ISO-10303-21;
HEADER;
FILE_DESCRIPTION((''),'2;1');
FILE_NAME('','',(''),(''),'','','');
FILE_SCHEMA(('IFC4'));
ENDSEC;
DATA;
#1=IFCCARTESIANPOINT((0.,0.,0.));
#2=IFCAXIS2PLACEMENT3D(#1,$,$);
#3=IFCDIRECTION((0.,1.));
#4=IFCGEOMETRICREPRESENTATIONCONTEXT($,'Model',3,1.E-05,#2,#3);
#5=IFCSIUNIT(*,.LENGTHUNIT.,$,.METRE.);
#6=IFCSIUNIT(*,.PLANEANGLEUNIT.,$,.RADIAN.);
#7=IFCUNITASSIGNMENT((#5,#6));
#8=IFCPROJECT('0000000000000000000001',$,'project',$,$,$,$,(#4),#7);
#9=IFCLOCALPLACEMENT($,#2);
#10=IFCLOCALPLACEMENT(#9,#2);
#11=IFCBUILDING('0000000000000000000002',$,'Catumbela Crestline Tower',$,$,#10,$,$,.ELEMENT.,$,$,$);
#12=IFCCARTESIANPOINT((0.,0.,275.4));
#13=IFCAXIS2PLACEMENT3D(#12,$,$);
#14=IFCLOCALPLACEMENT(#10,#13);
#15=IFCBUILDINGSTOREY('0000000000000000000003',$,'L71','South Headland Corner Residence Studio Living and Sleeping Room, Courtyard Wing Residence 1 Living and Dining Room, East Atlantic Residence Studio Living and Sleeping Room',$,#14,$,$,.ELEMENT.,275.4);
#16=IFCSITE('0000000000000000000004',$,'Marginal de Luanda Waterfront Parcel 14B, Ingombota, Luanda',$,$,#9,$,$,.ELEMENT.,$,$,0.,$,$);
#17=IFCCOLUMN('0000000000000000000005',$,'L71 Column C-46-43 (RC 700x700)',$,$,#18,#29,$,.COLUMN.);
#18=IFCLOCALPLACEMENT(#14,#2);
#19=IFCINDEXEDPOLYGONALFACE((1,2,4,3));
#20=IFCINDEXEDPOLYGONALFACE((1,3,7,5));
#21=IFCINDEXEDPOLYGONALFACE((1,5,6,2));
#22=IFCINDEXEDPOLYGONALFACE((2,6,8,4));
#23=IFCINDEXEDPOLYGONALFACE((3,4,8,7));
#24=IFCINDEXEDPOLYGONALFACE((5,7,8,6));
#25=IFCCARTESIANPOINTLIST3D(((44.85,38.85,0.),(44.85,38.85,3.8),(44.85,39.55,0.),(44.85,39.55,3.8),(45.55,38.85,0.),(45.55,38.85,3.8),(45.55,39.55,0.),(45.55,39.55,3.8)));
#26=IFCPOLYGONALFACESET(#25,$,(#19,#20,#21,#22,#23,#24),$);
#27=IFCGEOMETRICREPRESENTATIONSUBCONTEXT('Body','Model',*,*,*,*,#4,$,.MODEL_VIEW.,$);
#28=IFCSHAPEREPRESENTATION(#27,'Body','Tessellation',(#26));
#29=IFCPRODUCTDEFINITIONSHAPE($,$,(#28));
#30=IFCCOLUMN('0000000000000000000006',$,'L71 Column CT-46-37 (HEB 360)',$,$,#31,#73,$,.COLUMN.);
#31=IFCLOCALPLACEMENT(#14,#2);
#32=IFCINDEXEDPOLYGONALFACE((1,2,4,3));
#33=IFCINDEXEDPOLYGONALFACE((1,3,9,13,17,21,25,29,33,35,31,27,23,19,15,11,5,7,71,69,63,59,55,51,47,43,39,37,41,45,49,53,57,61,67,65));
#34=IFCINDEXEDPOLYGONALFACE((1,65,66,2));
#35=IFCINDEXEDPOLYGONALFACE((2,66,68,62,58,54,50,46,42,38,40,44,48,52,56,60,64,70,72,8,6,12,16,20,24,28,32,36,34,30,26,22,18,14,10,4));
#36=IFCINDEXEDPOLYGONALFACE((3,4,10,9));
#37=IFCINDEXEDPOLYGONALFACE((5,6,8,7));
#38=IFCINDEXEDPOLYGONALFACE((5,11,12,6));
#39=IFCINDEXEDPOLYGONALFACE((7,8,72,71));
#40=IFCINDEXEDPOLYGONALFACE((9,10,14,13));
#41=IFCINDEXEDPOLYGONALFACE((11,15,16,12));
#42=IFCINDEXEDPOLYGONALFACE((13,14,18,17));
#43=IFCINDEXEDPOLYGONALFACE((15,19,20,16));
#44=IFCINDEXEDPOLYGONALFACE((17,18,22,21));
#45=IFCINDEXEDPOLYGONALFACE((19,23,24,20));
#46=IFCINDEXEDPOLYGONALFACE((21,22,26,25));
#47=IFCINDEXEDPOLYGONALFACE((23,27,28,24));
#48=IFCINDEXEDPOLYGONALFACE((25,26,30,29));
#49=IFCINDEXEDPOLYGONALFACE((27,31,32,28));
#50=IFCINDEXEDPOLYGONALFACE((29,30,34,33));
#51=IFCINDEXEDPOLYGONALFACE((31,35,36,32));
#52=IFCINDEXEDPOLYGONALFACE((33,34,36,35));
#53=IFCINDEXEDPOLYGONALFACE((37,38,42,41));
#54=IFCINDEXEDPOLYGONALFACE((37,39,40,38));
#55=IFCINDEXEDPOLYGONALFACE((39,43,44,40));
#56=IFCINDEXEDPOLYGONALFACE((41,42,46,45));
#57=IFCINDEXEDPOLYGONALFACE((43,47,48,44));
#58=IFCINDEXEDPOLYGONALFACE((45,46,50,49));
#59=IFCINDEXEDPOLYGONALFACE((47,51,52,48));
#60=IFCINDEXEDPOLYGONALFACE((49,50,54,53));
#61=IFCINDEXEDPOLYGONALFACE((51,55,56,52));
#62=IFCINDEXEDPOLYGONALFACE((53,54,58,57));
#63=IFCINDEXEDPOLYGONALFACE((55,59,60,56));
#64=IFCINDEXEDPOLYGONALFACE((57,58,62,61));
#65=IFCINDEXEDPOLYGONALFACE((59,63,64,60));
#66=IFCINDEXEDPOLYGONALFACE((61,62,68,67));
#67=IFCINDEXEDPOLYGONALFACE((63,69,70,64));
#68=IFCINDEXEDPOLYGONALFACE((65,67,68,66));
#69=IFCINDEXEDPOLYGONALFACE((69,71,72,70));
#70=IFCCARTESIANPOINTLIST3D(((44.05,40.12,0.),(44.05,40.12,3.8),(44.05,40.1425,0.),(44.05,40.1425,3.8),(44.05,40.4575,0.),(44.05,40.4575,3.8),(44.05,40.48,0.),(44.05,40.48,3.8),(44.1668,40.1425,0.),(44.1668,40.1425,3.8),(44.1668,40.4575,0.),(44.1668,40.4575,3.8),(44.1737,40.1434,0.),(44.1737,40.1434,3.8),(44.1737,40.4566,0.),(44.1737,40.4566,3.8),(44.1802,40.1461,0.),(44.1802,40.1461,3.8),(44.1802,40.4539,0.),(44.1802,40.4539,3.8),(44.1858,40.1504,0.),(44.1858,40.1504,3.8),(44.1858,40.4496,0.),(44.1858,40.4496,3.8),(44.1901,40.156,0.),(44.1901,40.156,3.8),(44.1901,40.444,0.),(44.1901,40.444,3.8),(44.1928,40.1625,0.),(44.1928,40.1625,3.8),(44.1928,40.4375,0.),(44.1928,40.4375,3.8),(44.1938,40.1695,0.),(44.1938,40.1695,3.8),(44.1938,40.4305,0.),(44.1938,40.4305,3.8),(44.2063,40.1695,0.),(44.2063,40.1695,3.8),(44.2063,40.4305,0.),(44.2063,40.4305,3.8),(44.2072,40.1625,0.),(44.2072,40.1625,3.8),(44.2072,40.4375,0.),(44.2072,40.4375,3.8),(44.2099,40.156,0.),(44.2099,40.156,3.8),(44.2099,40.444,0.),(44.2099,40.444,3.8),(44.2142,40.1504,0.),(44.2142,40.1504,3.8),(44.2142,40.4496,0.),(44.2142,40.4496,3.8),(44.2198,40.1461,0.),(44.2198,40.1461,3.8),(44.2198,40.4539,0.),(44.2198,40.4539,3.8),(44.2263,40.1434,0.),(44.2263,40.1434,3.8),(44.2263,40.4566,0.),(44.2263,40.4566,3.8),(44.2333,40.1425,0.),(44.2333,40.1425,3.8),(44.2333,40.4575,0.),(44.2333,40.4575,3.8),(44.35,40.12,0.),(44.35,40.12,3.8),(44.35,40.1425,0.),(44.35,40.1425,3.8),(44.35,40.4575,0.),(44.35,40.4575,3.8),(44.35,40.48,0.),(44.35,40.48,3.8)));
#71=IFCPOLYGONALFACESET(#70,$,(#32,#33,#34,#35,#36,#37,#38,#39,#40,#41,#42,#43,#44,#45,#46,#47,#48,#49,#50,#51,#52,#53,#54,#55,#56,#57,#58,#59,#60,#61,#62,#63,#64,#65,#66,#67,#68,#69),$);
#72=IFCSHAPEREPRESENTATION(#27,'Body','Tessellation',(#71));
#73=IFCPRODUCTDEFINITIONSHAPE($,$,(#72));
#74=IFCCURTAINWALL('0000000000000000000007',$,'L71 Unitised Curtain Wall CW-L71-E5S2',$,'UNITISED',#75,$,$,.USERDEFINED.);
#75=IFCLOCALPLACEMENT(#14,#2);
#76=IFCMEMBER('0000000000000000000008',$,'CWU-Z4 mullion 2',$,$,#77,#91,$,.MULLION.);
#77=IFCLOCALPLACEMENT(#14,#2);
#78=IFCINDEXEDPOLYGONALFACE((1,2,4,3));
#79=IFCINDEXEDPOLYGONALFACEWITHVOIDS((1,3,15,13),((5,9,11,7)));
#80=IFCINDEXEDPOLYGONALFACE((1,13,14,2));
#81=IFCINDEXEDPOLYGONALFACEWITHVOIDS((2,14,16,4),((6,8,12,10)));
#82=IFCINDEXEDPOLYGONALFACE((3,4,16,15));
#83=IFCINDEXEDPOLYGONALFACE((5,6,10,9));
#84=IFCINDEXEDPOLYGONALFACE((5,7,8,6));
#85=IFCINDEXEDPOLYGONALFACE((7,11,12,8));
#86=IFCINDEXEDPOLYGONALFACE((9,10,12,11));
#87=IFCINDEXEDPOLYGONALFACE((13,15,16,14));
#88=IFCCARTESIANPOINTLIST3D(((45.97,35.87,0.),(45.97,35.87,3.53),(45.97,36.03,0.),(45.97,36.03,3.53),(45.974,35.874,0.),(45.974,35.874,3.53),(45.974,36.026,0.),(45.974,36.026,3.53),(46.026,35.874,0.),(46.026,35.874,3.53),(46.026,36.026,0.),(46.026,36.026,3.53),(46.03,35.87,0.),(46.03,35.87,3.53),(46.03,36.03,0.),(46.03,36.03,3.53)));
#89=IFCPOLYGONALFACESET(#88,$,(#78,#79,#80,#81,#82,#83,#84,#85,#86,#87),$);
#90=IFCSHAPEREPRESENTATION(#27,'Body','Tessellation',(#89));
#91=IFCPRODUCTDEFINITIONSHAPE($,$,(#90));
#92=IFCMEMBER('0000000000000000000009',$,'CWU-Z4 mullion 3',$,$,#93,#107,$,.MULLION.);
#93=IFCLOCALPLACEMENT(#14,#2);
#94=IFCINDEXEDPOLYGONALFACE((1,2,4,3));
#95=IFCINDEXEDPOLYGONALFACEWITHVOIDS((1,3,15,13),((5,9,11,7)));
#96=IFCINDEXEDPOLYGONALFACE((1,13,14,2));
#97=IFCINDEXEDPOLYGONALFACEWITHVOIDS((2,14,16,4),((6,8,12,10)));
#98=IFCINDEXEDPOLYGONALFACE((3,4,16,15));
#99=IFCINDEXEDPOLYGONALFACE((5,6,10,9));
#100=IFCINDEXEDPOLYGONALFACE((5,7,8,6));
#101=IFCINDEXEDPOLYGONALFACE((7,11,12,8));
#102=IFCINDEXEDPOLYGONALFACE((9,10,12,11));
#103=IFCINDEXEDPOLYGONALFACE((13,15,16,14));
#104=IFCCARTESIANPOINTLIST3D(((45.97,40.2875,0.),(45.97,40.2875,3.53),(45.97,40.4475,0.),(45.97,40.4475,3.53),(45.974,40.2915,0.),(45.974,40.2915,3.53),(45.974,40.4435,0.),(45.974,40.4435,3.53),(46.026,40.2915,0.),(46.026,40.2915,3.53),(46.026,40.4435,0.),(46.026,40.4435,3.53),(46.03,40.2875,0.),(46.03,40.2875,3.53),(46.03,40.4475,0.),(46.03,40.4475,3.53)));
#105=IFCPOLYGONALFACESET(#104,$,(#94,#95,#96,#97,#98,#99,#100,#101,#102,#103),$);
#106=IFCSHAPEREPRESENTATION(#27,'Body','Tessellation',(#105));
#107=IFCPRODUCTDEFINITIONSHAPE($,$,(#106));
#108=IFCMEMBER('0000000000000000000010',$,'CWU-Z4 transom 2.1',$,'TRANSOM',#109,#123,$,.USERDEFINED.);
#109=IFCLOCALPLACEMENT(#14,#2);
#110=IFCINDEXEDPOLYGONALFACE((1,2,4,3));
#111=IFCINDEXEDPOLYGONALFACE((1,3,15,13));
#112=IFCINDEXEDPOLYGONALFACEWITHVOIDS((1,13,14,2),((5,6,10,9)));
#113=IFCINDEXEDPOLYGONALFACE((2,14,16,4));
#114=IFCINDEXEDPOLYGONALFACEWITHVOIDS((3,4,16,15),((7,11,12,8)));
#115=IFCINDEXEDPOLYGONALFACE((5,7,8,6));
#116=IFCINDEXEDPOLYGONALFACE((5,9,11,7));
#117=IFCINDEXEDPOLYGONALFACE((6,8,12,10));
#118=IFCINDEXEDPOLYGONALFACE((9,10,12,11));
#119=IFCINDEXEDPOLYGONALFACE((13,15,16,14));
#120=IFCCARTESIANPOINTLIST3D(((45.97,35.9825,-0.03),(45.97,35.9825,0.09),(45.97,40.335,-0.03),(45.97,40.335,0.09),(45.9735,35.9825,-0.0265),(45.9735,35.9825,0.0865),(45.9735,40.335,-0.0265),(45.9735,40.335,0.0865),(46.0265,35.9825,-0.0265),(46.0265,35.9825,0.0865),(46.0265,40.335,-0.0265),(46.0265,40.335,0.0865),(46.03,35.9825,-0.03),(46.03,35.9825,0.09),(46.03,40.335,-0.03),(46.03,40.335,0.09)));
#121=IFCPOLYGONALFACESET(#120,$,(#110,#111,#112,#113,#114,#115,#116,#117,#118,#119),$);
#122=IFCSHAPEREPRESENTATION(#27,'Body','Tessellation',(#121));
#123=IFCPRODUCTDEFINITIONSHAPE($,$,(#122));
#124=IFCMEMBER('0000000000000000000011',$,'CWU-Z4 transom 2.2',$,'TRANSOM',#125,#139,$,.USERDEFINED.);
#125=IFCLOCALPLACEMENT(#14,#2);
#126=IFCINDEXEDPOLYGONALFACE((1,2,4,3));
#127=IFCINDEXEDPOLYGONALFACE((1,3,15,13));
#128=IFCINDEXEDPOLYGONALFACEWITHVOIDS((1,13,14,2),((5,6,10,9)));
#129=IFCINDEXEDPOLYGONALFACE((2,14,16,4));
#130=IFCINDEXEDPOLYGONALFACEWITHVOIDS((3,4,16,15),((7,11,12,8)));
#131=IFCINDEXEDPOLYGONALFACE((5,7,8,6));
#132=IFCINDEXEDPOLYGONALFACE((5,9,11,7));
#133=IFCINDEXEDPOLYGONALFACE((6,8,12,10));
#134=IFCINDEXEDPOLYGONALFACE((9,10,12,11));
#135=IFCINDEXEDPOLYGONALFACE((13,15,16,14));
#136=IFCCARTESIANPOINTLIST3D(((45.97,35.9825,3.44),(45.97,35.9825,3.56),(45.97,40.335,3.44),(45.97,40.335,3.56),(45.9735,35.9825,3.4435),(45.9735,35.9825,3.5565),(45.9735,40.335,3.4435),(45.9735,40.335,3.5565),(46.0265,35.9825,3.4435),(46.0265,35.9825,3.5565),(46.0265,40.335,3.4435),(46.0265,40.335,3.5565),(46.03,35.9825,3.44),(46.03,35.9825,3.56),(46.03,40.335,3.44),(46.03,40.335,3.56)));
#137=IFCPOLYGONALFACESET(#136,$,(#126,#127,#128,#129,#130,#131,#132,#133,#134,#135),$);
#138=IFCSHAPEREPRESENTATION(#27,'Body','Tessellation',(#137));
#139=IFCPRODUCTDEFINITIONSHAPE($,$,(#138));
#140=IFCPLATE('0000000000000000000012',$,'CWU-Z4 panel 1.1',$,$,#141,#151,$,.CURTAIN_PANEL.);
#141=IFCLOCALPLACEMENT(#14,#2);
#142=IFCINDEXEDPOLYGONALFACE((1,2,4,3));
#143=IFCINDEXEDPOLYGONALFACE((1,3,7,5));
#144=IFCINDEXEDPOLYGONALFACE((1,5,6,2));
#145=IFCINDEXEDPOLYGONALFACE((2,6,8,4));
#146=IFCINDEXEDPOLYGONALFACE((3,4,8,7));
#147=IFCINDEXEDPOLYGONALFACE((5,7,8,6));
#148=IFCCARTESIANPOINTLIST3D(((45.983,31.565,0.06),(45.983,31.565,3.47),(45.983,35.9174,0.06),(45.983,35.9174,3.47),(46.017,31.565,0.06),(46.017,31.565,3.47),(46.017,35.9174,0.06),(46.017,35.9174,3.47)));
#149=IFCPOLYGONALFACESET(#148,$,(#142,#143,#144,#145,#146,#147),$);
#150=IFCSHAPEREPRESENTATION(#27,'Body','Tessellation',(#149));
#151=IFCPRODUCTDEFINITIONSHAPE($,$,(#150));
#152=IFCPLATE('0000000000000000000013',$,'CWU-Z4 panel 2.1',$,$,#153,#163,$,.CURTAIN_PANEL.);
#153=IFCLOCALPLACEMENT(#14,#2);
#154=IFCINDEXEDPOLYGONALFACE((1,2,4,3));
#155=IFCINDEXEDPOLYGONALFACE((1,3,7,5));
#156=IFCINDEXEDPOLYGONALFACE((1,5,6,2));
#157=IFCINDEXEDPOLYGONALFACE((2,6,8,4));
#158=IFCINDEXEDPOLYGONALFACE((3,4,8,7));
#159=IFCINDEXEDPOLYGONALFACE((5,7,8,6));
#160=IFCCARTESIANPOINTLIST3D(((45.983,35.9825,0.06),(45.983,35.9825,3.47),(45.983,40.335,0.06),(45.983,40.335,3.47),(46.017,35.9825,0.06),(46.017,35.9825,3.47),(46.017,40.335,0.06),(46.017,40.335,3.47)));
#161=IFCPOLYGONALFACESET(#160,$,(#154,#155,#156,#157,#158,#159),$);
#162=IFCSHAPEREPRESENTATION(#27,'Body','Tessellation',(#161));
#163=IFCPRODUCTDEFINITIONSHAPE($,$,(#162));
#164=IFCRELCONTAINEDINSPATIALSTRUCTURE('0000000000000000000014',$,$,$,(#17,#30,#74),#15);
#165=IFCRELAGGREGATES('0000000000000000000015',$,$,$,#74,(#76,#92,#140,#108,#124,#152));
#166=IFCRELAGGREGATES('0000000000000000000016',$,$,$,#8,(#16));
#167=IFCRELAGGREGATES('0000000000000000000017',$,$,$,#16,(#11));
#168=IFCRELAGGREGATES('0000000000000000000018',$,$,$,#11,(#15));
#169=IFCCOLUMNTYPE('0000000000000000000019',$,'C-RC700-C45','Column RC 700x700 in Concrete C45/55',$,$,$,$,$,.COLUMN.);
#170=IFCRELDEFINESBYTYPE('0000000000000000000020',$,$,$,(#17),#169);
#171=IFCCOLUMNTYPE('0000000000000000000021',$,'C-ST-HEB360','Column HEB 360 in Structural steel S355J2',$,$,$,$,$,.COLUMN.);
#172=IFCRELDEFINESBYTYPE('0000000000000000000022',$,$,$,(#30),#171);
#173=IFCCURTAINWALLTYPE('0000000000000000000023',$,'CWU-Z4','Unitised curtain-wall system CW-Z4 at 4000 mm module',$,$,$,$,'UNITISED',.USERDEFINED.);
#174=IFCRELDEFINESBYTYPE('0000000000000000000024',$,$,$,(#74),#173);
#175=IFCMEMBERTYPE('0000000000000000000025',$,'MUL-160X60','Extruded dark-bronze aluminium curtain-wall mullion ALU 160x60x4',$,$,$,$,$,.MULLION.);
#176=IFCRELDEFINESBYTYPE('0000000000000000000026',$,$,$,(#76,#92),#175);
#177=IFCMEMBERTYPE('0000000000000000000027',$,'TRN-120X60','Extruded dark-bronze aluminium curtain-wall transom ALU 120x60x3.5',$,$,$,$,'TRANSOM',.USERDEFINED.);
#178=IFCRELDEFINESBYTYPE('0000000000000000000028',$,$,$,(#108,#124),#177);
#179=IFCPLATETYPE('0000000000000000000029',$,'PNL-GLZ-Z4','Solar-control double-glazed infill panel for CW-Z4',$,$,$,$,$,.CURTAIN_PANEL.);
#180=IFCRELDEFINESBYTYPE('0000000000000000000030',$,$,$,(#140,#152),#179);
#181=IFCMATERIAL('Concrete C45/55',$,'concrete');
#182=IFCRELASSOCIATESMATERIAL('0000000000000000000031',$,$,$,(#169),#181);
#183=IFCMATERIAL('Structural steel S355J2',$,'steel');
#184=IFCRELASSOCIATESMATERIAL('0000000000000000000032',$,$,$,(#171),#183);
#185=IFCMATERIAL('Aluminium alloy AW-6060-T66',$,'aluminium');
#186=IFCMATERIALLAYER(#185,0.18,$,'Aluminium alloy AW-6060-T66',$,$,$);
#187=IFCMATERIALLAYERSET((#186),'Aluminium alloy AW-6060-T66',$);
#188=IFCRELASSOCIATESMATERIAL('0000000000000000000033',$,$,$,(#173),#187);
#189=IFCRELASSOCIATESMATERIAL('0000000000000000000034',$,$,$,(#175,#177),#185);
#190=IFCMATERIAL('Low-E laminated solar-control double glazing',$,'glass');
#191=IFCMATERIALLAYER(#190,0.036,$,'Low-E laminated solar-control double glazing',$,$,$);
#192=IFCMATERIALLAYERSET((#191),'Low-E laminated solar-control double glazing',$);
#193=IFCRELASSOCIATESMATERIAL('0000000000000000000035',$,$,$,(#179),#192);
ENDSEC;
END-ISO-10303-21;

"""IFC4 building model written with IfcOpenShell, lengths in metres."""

from ifc_helpers import new_model, si_unit, direction, frame, origin, origin_2d, place, context, subcontext, project, spatial, rectangle, hollow_rectangle, i_section, extrude, material, layer, layer_set, material_profile, profile_set, type_object, element, aggregate, save


model = new_model("IFC4")

# Units and contexts
model_context = context("Model", 3, precision=1e-05, world=origin(), true_north=direction((0.0, 1.0)))
body_context = subcontext(model_context, "Body", "Model", "MODEL_VIEW")
ifc_project = project(units=[si_unit("LENGTHUNIT", "METRE"), si_unit("PLANEANGLEUNIT", "RADIAN")], contexts=[model_context])

# Site, building, storey
site_placement = place(None, origin())
site = spatial("IfcSite", under=ifc_project, at=site_placement, Name="Marginal de Luanda Waterfront Parcel 14B, Ingombota, Luanda", CompositionType="ELEMENT", RefElevation=0.0)
building_placement = place(site_placement, origin())
building = spatial("IfcBuilding", under=site, at=building_placement, Name="Catumbela Crestline Tower", CompositionType="ELEMENT")
storey_placement = place(building_placement, frame((0.0, 0.0, 275.4)))
storey = spatial("IfcBuildingStorey", under=building, at=storey_placement, Name="L71", Description="South Headland Corner Residence Studio Living and Sleeping Room, Courtyard Wing Residence 1 Living and Dining Room, East Atlantic Residence Studio Living and Sleeping Room", CompositionType="ELEMENT", Elevation=275.4)

# Columns
ifc_material_1 = material(Name="Concrete C45/55", Category="concrete")
ifc_material_profile_1 = material_profile(ifc_material_1, rectangle(XDim=0.7, YDim=0.7, at=origin_2d()), Name="RC 700x700")
ifc_profile_set_1 = profile_set([ifc_material_profile_1], Name="Concrete C45/55")
column_type_1 = type_object("IfcColumnType", Name="C-RC700-C45", Description="Column RC 700x700 in Concrete C45/55", PredefinedType="COLUMN", material=ifc_profile_set_1)
column_1_placement = place(storey_placement, frame((45.2, 39.2, 0.0), z_axis=(0.0, 0.0, 1.0), x_axis=(1.0, 0.0, 0.0)))
element("IfcColumn", 1, at=column_1_placement, inside=storey, type_object=column_type_1, Name="L71 Column C-46-43 (RC 700x700)", PredefinedType="COLUMN", context=body_context, shape_type="SweptSolid", body=[
    extrude(rectangle(XDim=0.7, YDim=0.7, at=origin_2d()), origin(), (0.0, 0.0, 1.0), 3.8),
])
ifc_material_2 = material(Name="Structural steel S355J2", Category="steel")
ifc_material_profile_2 = material_profile(ifc_material_2, i_section(OverallWidth=0.3, OverallDepth=0.36, WebThickness=0.0125, FlangeThickness=0.0225, FilletRadius=0.027, at=origin_2d()), Name="HEB 360")
ifc_profile_set_2 = profile_set([ifc_material_profile_2], Name="Structural steel S355J2")
column_type_2 = type_object("IfcColumnType", Name="C-ST-HEB360", Description="Column HEB 360 in Structural steel S355J2", PredefinedType="COLUMN", material=ifc_profile_set_2)
column_2_placement = place(storey_placement, frame((44.2, 40.3, 0.0), z_axis=(0.0, 0.0, 1.0), x_axis=(1.0, 0.0, 0.0)))
element("IfcColumn", 2, at=column_2_placement, inside=storey, type_object=column_type_2, Name="L71 Column CT-46-37 (HEB 360)", PredefinedType="COLUMN", context=body_context, shape_type="SweptSolid", body=[
    extrude(i_section(OverallWidth=0.3, OverallDepth=0.36, WebThickness=0.0125, FlangeThickness=0.0225, FilletRadius=0.027, at=origin_2d()), origin(), (0.0, 0.0, 1.0), 3.8),
])

# Curtain wall, members, plates
ifc_material_3 = material(Name="Aluminium alloy AW-6060-T66", Category="aluminium")
ifc_layer_1 = layer(ifc_material_3, 0.18, Name="Aluminium alloy AW-6060-T66")
ifc_layer_set_1 = layer_set([ifc_layer_1], Name="Aluminium alloy AW-6060-T66")
curtain_wall_type = type_object("IfcCurtainWallType", Name="CWU-Z4", Description="Unitised curtain-wall system CW-Z4 at 4000 mm module", ElementType="UNITISED", PredefinedType="USERDEFINED", material=ifc_layer_set_1)
curtain_wall_placement = place(storey_placement, origin())
curtain_wall = element("IfcCurtainWall", 3, at=curtain_wall_placement, inside=storey, type_object=curtain_wall_type, Name="L71 Unitised Curtain Wall CW-L71-E5S2", ObjectType="UNITISED", PredefinedType="USERDEFINED")
ifc_material_profile_3 = material_profile(ifc_material_3, hollow_rectangle(XDim=0.06, YDim=0.16, WallThickness=0.004, at=origin_2d()), Name="ALU 160x60x4")
ifc_profile_set_3 = profile_set([ifc_material_profile_3], Name="Aluminium alloy AW-6060-T66")
member_type_1 = type_object("IfcMemberType", Name="MUL-160X60", Description="Extruded dark-bronze aluminium curtain-wall mullion ALU 160x60x4", PredefinedType="MULLION", material=ifc_profile_set_3)
member_1_placement = place(storey_placement, frame((46.0, 35.95, 0.0), z_axis=(0.0, 0.0, 1.0), x_axis=(-1.0, 0.0, 0.0)))
member_1 = element("IfcMember", 4, at=member_1_placement, type_object=member_type_1, Name="CWU-Z4 mullion 2", PredefinedType="MULLION", context=body_context, shape_type="SweptSolid", body=[
    extrude(hollow_rectangle(XDim=0.06, YDim=0.16, WallThickness=0.004, at=origin_2d()), origin(), (0.0, 0.0, 1.0), 3.53),
])
member_2_placement = place(storey_placement, frame((46.0, 40.3675, 0.0), z_axis=(0.0, 0.0, 1.0), x_axis=(-1.0, 0.0, 0.0)))
member_2 = element("IfcMember", 5, at=member_2_placement, type_object=member_type_1, Name="CWU-Z4 mullion 3", PredefinedType="MULLION", context=body_context, shape_type="SweptSolid", body=[
    extrude(hollow_rectangle(XDim=0.06, YDim=0.16, WallThickness=0.004, at=origin_2d()), origin(), (0.0, 0.0, 1.0), 3.53),
])
ifc_material_profile_4 = material_profile(ifc_material_3, hollow_rectangle(XDim=0.06, YDim=0.12, WallThickness=0.0035, at=origin_2d()), Name="ALU 120x60x3.5")
ifc_profile_set_4 = profile_set([ifc_material_profile_4], Name="Aluminium alloy AW-6060-T66")
member_type_2 = type_object("IfcMemberType", Name="TRN-120X60", Description="Extruded dark-bronze aluminium curtain-wall transom ALU 120x60x3.5", ElementType="TRANSOM", PredefinedType="USERDEFINED", material=ifc_profile_set_4)
member_3_placement = place(storey_placement, frame((46.0, 35.9825, 0.03), z_axis=(0.0, 1.0, 0.0), x_axis=(-1.0, 0.0, 0.0)))
member_3 = element("IfcMember", 6, at=member_3_placement, type_object=member_type_2, Name="CWU-Z4 transom 2.1", ObjectType="TRANSOM", PredefinedType="USERDEFINED", context=body_context, shape_type="SweptSolid", body=[
    extrude(hollow_rectangle(XDim=0.06, YDim=0.12, WallThickness=0.0035, at=origin_2d()), origin(), (0.0, 0.0, 1.0), 4.3525),
])
member_4_placement = place(storey_placement, frame((46.0, 35.9825, 3.5), z_axis=(0.0, 1.0, 0.0), x_axis=(-1.0, 0.0, 0.0)))
member_4 = element("IfcMember", 7, at=member_4_placement, type_object=member_type_2, Name="CWU-Z4 transom 2.2", ObjectType="TRANSOM", PredefinedType="USERDEFINED", context=body_context, shape_type="SweptSolid", body=[
    extrude(hollow_rectangle(XDim=0.06, YDim=0.12, WallThickness=0.0035, at=origin_2d()), origin(), (0.0, 0.0, 1.0), 4.3525),
])
ifc_material_4 = material(Name="Low-E laminated solar-control double glazing", Category="glass")
ifc_layer_2 = layer(ifc_material_4, 0.036, Name="Low-E laminated solar-control double glazing")
ifc_layer_set_2 = layer_set([ifc_layer_2], Name="Low-E laminated solar-control double glazing")
plate_type = type_object("IfcPlateType", Name="PNL-GLZ-Z4", Description="Solar-control double-glazed infill panel for CW-Z4", PredefinedType="CURTAIN_PANEL", material=ifc_layer_set_2)
plate_1_placement = place(storey_placement, frame((46.0, 33.7412, 0.06), z_axis=(0.0, 0.0, 1.0), x_axis=(0.0, 1.0, 0.0)))
plate_1 = element("IfcPlate", 8, at=plate_1_placement, type_object=plate_type, Name="CWU-Z4 panel 1.1", PredefinedType="CURTAIN_PANEL", context=body_context, shape_type="SweptSolid", body=[
    extrude(rectangle(XDim=4.3525, YDim=0.034, at=origin_2d()), origin(), (0.0, 0.0, 1.0), 3.41),
])
plate_2_placement = place(storey_placement, frame((46.0, 38.1588, 0.06), z_axis=(0.0, 0.0, 1.0), x_axis=(0.0, 1.0, 0.0)))
plate_2 = element("IfcPlate", 9, at=plate_2_placement, type_object=plate_type, Name="CWU-Z4 panel 2.1", PredefinedType="CURTAIN_PANEL", context=body_context, shape_type="SweptSolid", body=[
    extrude(rectangle(XDim=4.3525, YDim=0.034, at=origin_2d()), origin(), (0.0, 0.0, 1.0), 3.41),
])
aggregate(curtain_wall, [member_1, member_2, plate_1, member_3, member_4, plate_2])

save(model, "model.ifc")
